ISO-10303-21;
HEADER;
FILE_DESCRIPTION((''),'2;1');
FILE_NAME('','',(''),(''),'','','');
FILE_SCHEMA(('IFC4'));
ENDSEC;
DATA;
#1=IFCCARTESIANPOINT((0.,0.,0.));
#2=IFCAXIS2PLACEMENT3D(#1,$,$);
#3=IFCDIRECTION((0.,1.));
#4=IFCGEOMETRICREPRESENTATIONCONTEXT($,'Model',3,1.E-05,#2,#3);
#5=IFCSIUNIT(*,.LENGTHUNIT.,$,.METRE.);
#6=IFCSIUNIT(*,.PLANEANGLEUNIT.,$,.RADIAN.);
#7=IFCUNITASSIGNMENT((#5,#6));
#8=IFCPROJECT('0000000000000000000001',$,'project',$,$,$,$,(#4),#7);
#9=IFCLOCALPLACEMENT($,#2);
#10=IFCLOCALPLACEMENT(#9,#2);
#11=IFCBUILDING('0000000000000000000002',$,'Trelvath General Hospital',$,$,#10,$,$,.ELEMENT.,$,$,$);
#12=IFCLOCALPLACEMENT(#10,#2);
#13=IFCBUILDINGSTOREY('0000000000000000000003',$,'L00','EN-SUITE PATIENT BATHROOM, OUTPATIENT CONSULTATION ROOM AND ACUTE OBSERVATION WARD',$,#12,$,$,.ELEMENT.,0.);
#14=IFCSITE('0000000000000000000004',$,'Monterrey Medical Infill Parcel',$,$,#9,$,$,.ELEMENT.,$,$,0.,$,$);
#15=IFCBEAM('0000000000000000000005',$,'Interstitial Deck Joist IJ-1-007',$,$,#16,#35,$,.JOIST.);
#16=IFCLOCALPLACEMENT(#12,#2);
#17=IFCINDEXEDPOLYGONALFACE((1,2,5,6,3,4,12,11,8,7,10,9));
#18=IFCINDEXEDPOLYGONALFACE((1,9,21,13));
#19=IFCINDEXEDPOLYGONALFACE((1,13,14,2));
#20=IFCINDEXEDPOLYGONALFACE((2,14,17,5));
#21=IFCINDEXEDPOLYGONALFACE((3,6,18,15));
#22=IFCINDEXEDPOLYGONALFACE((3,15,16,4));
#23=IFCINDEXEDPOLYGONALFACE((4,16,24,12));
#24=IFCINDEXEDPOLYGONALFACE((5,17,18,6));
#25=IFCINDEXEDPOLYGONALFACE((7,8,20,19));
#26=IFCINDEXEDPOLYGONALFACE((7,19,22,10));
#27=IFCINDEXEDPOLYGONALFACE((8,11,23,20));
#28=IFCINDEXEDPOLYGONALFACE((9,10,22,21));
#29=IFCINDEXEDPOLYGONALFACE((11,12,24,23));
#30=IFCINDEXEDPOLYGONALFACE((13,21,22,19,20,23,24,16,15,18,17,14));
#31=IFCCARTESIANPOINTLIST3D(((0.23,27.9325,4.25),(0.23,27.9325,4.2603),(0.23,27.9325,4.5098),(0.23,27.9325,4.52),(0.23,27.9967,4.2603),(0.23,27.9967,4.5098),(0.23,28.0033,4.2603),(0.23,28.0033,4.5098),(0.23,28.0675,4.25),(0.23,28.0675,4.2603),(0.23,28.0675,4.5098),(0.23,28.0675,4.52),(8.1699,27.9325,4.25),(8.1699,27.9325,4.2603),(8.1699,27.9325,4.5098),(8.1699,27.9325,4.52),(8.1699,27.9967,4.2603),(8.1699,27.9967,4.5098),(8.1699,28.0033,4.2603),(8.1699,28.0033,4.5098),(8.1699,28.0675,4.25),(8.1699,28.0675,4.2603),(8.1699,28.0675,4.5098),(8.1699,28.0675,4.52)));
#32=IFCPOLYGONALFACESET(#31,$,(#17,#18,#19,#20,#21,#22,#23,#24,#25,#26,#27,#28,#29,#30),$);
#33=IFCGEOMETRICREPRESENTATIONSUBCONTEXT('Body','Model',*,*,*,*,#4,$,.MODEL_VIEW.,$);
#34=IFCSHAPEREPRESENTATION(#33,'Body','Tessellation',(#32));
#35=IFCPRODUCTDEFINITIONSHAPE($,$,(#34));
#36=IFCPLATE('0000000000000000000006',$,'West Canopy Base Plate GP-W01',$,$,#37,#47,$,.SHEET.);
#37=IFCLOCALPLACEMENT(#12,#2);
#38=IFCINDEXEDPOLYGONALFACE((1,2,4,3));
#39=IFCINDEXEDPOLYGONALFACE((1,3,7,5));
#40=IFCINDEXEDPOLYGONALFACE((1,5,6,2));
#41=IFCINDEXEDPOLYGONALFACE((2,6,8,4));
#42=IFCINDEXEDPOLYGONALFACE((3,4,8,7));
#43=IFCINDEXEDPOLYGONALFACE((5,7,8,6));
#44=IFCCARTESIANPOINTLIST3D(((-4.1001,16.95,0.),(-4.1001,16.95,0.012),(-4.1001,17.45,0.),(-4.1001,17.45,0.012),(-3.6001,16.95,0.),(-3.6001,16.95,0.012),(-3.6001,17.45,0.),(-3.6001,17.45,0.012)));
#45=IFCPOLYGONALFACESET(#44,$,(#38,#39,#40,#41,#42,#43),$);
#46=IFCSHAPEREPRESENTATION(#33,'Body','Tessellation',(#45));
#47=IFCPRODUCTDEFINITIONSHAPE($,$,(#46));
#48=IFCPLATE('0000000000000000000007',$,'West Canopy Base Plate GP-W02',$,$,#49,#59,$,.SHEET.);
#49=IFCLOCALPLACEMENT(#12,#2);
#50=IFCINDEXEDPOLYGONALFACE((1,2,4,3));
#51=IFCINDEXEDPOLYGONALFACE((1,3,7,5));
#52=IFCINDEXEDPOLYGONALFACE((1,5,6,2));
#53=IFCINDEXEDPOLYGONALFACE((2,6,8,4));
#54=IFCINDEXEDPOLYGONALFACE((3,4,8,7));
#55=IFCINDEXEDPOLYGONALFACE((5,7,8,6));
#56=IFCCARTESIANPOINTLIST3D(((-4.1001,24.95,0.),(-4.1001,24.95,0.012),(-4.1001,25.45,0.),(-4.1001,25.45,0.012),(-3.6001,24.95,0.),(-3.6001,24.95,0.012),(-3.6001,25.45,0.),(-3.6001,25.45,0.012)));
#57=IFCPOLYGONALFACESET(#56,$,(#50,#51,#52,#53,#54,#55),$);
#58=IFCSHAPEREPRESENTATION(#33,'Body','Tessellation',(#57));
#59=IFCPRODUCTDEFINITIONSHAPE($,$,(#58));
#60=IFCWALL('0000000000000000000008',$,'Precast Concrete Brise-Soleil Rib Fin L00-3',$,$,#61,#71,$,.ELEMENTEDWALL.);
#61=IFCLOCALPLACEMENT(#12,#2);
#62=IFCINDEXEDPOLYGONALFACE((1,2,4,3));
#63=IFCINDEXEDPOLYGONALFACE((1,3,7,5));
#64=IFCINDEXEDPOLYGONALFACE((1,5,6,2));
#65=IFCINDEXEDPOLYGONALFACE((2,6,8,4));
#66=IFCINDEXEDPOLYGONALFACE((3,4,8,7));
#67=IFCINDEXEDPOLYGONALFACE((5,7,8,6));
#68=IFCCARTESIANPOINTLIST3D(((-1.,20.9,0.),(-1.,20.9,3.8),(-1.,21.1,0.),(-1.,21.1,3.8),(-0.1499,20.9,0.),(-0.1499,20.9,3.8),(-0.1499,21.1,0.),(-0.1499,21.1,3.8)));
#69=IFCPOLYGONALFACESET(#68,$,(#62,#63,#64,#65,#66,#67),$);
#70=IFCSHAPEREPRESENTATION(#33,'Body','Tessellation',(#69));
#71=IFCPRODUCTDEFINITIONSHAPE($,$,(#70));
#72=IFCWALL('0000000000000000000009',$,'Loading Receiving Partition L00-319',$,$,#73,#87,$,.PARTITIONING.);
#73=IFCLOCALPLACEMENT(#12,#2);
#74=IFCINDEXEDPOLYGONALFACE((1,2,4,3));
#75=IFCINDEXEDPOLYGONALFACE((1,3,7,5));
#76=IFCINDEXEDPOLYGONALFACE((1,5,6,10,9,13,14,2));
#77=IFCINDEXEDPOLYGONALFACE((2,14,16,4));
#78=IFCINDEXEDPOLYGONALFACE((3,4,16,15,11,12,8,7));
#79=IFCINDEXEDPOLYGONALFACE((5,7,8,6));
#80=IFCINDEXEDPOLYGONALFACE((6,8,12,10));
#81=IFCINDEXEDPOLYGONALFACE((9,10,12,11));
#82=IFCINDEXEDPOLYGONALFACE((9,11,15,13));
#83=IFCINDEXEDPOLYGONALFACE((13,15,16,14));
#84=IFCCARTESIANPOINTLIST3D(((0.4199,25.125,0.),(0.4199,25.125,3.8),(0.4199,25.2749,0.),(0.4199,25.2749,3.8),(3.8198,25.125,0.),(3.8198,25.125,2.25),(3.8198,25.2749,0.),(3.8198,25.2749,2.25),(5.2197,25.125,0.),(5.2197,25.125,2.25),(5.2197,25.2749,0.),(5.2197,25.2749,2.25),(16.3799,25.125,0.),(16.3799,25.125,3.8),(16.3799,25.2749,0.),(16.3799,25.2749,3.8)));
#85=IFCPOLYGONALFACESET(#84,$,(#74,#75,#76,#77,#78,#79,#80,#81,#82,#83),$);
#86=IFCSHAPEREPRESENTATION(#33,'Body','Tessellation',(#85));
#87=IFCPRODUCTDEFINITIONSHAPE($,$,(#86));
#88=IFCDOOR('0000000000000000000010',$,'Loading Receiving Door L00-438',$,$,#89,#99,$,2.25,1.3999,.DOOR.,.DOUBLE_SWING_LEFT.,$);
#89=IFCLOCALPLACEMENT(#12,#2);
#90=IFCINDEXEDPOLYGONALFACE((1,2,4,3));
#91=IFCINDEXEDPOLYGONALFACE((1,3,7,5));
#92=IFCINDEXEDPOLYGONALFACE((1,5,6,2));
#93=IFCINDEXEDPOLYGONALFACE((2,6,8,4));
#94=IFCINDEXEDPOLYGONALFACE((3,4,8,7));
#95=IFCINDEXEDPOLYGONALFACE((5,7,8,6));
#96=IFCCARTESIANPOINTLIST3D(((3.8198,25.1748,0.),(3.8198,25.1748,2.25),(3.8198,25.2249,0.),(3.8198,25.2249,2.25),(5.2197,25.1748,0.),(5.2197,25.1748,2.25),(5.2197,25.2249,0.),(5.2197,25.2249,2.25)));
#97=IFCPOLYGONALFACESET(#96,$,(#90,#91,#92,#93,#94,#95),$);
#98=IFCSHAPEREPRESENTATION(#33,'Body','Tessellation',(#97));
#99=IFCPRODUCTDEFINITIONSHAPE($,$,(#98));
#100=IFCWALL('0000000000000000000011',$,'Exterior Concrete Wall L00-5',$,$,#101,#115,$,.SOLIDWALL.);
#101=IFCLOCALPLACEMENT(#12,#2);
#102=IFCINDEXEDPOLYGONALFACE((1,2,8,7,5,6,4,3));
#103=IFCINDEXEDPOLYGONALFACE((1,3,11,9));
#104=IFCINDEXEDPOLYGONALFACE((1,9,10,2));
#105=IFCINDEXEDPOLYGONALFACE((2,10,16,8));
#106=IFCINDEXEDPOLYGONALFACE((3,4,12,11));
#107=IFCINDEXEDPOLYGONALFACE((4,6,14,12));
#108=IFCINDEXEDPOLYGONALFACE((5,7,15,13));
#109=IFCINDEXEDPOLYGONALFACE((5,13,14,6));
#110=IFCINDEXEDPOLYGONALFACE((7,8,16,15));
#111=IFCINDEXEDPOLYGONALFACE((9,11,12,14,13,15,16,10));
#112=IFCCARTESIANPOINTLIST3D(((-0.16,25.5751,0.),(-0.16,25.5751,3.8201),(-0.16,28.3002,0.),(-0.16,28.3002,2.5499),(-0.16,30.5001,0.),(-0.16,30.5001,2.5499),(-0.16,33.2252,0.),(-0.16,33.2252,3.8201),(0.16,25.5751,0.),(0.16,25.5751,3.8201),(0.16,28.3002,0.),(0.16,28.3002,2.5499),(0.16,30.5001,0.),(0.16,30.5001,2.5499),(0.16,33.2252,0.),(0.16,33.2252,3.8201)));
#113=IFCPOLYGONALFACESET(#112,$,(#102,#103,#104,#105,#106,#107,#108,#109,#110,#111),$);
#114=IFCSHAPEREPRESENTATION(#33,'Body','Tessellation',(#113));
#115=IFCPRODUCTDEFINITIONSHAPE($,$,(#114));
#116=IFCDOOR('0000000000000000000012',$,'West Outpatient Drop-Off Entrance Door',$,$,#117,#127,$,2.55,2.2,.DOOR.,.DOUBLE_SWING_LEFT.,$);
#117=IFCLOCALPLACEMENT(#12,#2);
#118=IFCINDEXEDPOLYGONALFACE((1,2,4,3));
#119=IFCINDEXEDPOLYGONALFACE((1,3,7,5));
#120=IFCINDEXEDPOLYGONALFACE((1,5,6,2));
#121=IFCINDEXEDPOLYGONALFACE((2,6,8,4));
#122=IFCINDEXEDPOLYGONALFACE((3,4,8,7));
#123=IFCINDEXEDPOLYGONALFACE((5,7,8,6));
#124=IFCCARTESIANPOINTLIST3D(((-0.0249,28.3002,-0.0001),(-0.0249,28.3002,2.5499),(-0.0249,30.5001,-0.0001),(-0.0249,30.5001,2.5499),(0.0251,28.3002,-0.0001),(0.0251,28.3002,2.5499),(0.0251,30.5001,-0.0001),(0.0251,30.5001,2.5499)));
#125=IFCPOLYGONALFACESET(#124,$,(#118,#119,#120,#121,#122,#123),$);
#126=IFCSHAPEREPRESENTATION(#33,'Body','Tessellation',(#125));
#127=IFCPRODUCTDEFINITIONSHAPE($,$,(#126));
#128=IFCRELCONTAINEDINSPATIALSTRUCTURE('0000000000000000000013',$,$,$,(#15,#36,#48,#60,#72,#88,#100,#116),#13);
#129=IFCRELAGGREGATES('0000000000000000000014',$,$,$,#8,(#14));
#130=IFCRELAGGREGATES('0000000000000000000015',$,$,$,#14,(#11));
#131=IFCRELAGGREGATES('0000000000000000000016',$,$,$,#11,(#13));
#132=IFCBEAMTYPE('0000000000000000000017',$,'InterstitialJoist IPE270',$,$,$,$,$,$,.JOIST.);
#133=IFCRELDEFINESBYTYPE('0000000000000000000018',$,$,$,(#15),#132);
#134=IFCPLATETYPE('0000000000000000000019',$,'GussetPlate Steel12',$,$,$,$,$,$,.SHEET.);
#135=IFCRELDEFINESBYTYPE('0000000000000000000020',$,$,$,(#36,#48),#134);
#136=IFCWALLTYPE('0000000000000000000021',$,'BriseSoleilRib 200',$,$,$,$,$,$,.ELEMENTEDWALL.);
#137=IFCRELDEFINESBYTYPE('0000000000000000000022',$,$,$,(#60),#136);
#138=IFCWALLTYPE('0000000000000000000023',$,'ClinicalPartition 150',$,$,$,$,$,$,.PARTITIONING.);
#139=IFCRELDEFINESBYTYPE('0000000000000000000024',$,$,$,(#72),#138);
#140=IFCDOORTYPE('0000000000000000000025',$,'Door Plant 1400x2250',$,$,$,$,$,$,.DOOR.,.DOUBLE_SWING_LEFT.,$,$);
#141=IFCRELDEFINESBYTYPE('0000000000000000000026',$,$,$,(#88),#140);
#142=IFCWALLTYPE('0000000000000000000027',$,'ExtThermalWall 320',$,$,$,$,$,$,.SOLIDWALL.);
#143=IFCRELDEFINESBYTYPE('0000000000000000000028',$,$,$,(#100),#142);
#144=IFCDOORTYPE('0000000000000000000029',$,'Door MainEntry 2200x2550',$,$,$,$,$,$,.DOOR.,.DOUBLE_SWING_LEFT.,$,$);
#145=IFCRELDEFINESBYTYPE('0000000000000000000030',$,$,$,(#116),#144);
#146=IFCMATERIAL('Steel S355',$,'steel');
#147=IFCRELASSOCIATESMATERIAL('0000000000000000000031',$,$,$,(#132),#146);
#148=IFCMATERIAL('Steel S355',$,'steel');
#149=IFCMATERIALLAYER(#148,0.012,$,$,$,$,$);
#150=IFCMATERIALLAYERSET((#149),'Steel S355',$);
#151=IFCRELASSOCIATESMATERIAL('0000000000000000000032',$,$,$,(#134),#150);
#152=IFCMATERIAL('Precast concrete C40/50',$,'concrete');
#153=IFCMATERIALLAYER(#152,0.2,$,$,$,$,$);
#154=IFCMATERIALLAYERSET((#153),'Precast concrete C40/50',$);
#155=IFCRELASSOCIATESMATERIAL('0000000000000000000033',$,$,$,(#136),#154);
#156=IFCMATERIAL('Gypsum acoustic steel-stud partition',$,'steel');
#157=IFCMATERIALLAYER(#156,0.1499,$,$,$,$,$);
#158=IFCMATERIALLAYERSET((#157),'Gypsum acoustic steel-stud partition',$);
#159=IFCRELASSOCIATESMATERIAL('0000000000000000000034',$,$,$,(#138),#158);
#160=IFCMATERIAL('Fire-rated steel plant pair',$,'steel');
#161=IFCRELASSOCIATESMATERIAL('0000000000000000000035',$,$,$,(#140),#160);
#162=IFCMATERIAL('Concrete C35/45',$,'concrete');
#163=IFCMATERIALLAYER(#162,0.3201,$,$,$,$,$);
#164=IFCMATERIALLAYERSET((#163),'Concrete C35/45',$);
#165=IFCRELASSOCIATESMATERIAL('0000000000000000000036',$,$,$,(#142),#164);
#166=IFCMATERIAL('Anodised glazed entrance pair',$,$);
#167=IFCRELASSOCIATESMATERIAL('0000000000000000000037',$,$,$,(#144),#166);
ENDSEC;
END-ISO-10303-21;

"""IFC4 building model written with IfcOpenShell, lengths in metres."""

from ifc_helpers import new_model, si_unit, direction, frame, frame_2d, origin, origin_2d, place, context, subcontext, project, spatial, rectangle, i_section, extrude, material, layer, layer_set, material_profile, profile_set, type_object, element, fill, save


model = new_model("IFC4")

# Units and contexts
model_context = context("Model", 3, precision=1e-05, world=origin(), true_north=direction((0.0, 1.0)))
body_context = subcontext(model_context, "Body", "Model", "MODEL_VIEW")
ifc_project = project(units=[si_unit("LENGTHUNIT", "METRE"), si_unit("PLANEANGLEUNIT", "RADIAN")], contexts=[model_context])

# Site, building, storey
site_placement = place(None, origin())
site = spatial("IfcSite", under=ifc_project, at=site_placement, Name="Monterrey Medical Infill Parcel", CompositionType="ELEMENT", RefElevation=0.0)
building_placement = place(site_placement, origin())
building = spatial("IfcBuilding", under=site, at=building_placement, Name="Trelvath General Hospital", CompositionType="ELEMENT")
storey_placement = place(building_placement, origin())
storey = spatial("IfcBuildingStorey", under=building, at=storey_placement, Name="L00", Description="EN-SUITE PATIENT BATHROOM, OUTPATIENT CONSULTATION ROOM AND ACUTE OBSERVATION WARD", CompositionType="ELEMENT", Elevation=0.0)

# Beam
ifc_material_1 = material(Name="Steel S355", Category="steel")
ifc_material_profile_1 = material_profile(ifc_material_1, i_section(OverallWidth=0.135, OverallDepth=0.27, WebThickness=0.0066, FlangeThickness=0.0103, at=origin_2d()), Name="IPE270")
ifc_profile_set_1 = profile_set([ifc_material_profile_1], Name="Steel S355")
beam_type_1 = type_object("IfcBeamType", Name="InterstitialJoist IPE270", PredefinedType="JOIST", material=ifc_profile_set_1)
for number, where, z_axis, x_axis, name in (
    (1, (0.23, 28.0, 4.385), (1.0, 0.0, 0.0), (0.0, 1.0, 0.0), "Interstitial Deck Joist IJ-1-007"),
):
    element("IfcBeam", number, at=place(storey_placement, frame(where, z_axis=z_axis, x_axis=x_axis)), inside=storey, type_object=beam_type_1, Name=name, PredefinedType="JOIST", context=body_context, shape_type="SweptSolid", body=[
        extrude(i_section(OverallWidth=0.135, OverallDepth=0.27, WebThickness=0.0066, FlangeThickness=0.0103, at=origin_2d()), origin(), (0.0, 0.0, 1.0), 7.9399),
    ])

# Plates
ifc_material_2 = material(Name="Steel S355", Category="steel")
ifc_layer_1 = layer(ifc_material_2, 0.012)
ifc_layer_set_1 = layer_set([ifc_layer_1], Name="Steel S355")
plate_type = type_object("IfcPlateType", Name="GussetPlate Steel12", PredefinedType="SHEET", material=ifc_layer_set_1)
for number, where, z_axis, x_axis, name in (
    (2, (-3.8501, 17.2, 0.0), (0.0, 0.0, 1.0), (1.0, 0.0, 0.0), "West Canopy Base Plate GP-W01"),
    (3, (-3.8501, 25.2, 0.0), (0.0, 0.0, 1.0), (1.0, 0.0, 0.0), "West Canopy Base Plate GP-W02"),
):
    element("IfcPlate", number, at=place(storey_placement, frame(where, z_axis=z_axis, x_axis=x_axis)), inside=storey, type_object=plate_type, Name=name, PredefinedType="SHEET", context=body_context, shape_type="SweptSolid", body=[
        extrude(rectangle(XDim=0.5, YDim=0.5, at=origin_2d()), origin(), (0.0, 0.0, 1.0), 0.012),
    ])

# Wall
ifc_material_3 = material(Name="Precast concrete C40/50", Category="concrete")
ifc_layer_2 = layer(ifc_material_3, 0.2)
ifc_layer_set_2 = layer_set([ifc_layer_2], Name="Precast concrete C40/50")
wall_type_1 = type_object("IfcWallType", Name="BriseSoleilRib 200", PredefinedType="ELEMENTEDWALL", material=ifc_layer_set_2)
wall_1_placement = place(storey_placement, frame((-0.1499, 21.0, 0.0), z_axis=(0.0, 0.0, 1.0), x_axis=(-1.0, 0.0, 0.0)))
element("IfcWall", 4, at=wall_1_placement, inside=storey, type_object=wall_type_1, Name="Precast Concrete Brise-Soleil Rib Fin L00-3", PredefinedType="ELEMENTEDWALL", context=body_context, shape_type="SweptSolid", body=[
    extrude(rectangle(XDim=0.8501, YDim=0.2, at=frame_2d((0.425, 0.0))), origin(), (0.0, 0.0, 1.0), 3.8),
])

# Walls, openings, doors
ifc_material_4 = material(Name="Gypsum acoustic steel-stud partition", Category="steel")
ifc_layer_3 = layer(ifc_material_4, 0.1499)
ifc_layer_set_3 = layer_set([ifc_layer_3], Name="Gypsum acoustic steel-stud partition")
wall_type_2 = type_object("IfcWallType", Name="ClinicalPartition 150", PredefinedType="PARTITIONING", material=ifc_layer_set_3)
wall_2_placement = place(storey_placement, frame((0.4199, 25.2, 0.0), z_axis=(0.0, 0.0, 1.0), x_axis=(1.0, 0.0, 0.0)))
wall_2 = element("IfcWall", 5, at=wall_2_placement, inside=storey, type_object=wall_type_2, Name="Loading Receiving Partition L00-319", PredefinedType="PARTITIONING", context=body_context, shape_type="SweptSolid", body=[
    extrude(rectangle(XDim=15.96, YDim=0.1499, at=frame_2d((7.98, 0.0))), origin(), (0.0, 0.0, 1.0), 3.8),
])
opening_1_placement = place(wall_2_placement, frame((3.3999, 0.0, 0.0)))
opening_1 = element("IfcOpeningElement", 6, at=opening_1_placement, cuts=wall_2, PredefinedType="OPENING", context=body_context, shape_type="SweptSolid", body=[
    extrude(rectangle(XDim=1.3999, YDim=2.25, at=frame_2d((0.7, 1.125))), frame((0.0, 0.085, 0.0), z_axis=(0.0, -1.0, 0.0), x_axis=(1.0, 0.0, 0.0)), (0.0, 0.0, 1.0), 0.1699),
])
ifc_material_5 = material(Name="Fire-rated steel plant pair", Category="steel")
door_type_1 = type_object("IfcDoorType", Name="Door Plant 1400x2250", OperationType="DOUBLE_SWING_LEFT", PredefinedType="DOOR", material=ifc_material_5)
door_1_placement = place(opening_1_placement, origin())
door_1 = element("IfcDoor", 7, at=door_1_placement, inside=storey, type_object=door_type_1, Name="Loading Receiving Door L00-438", OperationType="DOUBLE_SWING_LEFT", OverallHeight=2.25, OverallWidth=1.3999, PredefinedType="DOOR", context=body_context, shape_type="SweptSolid", body=[
    extrude(rectangle(XDim=1.3999, YDim=2.25, at=frame_2d((0.7, 1.125))), frame((0.0, 0.0249, 0.0), z_axis=(0.0, -1.0, 0.0), x_axis=(1.0, 0.0, 0.0)), (0.0, 0.0, 1.0), 0.05),
])
fill(opening_1, door_1)
ifc_material_6 = material(Name="Concrete C35/45", Category="concrete")
ifc_layer_4 = layer(ifc_material_6, 0.3201)
ifc_layer_set_4 = layer_set([ifc_layer_4], Name="Concrete C35/45")
wall_type_3 = type_object("IfcWallType", Name="ExtThermalWall 320", PredefinedType="SOLIDWALL", material=ifc_layer_set_4)
wall_3_placement = place(storey_placement, frame((0.0, 25.575, 0.0), z_axis=(0.0, 0.0, 1.0), x_axis=(0.0, 1.0, 0.0)))
wall_3 = element("IfcWall", 8, at=wall_3_placement, inside=storey, type_object=wall_type_3, Name="Exterior Concrete Wall L00-5", PredefinedType="SOLIDWALL", context=body_context, shape_type="SweptSolid", body=[
    extrude(rectangle(XDim=7.6501, YDim=0.3201, at=frame_2d((3.8252, 0.0))), origin(), (0.0, 0.0, 1.0), 3.8201),
])
opening_2_placement = place(wall_3_placement, frame((2.7251, 0.0, 0.0)))
opening_2 = element("IfcOpeningElement", 9, at=opening_2_placement, cuts=wall_3, PredefinedType="OPENING", context=body_context, shape_type="SweptSolid", body=[
    extrude(rectangle(XDim=2.2, YDim=2.55, at=frame_2d((1.1001, 1.2749))), frame((0.0, 0.1699, 0.0), z_axis=(0.0, -1.0, 0.0), x_axis=(1.0, 0.0, 0.0)), (0.0, 0.0, 1.0), 0.3401),
])
ifc_material_7 = material(Name="Anodised glazed entrance pair")
door_type_2 = type_object("IfcDoorType", Name="Door MainEntry 2200x2550", OperationType="DOUBLE_SWING_LEFT", PredefinedType="DOOR", material=ifc_material_7)
door_2_placement = place(opening_2_placement, origin())
door_2 = element("IfcDoor", 10, at=door_2_placement, inside=storey, type_object=door_type_2, Name="West Outpatient Drop-Off Entrance Door", OperationType="DOUBLE_SWING_LEFT", OverallHeight=2.55, OverallWidth=2.2, PredefinedType="DOOR", context=body_context, shape_type="SweptSolid", body=[
    extrude(rectangle(XDim=2.2, YDim=2.55, at=frame_2d((1.1001, 1.2749))), frame((0.0, 0.0249, 0.0), z_axis=(0.0, -1.0, 0.0), x_axis=(1.0, 0.0, 0.0)), (0.0, 0.0, 1.0), 0.05),
])
fill(opening_2, door_2)

save(model, "model.ifc")
